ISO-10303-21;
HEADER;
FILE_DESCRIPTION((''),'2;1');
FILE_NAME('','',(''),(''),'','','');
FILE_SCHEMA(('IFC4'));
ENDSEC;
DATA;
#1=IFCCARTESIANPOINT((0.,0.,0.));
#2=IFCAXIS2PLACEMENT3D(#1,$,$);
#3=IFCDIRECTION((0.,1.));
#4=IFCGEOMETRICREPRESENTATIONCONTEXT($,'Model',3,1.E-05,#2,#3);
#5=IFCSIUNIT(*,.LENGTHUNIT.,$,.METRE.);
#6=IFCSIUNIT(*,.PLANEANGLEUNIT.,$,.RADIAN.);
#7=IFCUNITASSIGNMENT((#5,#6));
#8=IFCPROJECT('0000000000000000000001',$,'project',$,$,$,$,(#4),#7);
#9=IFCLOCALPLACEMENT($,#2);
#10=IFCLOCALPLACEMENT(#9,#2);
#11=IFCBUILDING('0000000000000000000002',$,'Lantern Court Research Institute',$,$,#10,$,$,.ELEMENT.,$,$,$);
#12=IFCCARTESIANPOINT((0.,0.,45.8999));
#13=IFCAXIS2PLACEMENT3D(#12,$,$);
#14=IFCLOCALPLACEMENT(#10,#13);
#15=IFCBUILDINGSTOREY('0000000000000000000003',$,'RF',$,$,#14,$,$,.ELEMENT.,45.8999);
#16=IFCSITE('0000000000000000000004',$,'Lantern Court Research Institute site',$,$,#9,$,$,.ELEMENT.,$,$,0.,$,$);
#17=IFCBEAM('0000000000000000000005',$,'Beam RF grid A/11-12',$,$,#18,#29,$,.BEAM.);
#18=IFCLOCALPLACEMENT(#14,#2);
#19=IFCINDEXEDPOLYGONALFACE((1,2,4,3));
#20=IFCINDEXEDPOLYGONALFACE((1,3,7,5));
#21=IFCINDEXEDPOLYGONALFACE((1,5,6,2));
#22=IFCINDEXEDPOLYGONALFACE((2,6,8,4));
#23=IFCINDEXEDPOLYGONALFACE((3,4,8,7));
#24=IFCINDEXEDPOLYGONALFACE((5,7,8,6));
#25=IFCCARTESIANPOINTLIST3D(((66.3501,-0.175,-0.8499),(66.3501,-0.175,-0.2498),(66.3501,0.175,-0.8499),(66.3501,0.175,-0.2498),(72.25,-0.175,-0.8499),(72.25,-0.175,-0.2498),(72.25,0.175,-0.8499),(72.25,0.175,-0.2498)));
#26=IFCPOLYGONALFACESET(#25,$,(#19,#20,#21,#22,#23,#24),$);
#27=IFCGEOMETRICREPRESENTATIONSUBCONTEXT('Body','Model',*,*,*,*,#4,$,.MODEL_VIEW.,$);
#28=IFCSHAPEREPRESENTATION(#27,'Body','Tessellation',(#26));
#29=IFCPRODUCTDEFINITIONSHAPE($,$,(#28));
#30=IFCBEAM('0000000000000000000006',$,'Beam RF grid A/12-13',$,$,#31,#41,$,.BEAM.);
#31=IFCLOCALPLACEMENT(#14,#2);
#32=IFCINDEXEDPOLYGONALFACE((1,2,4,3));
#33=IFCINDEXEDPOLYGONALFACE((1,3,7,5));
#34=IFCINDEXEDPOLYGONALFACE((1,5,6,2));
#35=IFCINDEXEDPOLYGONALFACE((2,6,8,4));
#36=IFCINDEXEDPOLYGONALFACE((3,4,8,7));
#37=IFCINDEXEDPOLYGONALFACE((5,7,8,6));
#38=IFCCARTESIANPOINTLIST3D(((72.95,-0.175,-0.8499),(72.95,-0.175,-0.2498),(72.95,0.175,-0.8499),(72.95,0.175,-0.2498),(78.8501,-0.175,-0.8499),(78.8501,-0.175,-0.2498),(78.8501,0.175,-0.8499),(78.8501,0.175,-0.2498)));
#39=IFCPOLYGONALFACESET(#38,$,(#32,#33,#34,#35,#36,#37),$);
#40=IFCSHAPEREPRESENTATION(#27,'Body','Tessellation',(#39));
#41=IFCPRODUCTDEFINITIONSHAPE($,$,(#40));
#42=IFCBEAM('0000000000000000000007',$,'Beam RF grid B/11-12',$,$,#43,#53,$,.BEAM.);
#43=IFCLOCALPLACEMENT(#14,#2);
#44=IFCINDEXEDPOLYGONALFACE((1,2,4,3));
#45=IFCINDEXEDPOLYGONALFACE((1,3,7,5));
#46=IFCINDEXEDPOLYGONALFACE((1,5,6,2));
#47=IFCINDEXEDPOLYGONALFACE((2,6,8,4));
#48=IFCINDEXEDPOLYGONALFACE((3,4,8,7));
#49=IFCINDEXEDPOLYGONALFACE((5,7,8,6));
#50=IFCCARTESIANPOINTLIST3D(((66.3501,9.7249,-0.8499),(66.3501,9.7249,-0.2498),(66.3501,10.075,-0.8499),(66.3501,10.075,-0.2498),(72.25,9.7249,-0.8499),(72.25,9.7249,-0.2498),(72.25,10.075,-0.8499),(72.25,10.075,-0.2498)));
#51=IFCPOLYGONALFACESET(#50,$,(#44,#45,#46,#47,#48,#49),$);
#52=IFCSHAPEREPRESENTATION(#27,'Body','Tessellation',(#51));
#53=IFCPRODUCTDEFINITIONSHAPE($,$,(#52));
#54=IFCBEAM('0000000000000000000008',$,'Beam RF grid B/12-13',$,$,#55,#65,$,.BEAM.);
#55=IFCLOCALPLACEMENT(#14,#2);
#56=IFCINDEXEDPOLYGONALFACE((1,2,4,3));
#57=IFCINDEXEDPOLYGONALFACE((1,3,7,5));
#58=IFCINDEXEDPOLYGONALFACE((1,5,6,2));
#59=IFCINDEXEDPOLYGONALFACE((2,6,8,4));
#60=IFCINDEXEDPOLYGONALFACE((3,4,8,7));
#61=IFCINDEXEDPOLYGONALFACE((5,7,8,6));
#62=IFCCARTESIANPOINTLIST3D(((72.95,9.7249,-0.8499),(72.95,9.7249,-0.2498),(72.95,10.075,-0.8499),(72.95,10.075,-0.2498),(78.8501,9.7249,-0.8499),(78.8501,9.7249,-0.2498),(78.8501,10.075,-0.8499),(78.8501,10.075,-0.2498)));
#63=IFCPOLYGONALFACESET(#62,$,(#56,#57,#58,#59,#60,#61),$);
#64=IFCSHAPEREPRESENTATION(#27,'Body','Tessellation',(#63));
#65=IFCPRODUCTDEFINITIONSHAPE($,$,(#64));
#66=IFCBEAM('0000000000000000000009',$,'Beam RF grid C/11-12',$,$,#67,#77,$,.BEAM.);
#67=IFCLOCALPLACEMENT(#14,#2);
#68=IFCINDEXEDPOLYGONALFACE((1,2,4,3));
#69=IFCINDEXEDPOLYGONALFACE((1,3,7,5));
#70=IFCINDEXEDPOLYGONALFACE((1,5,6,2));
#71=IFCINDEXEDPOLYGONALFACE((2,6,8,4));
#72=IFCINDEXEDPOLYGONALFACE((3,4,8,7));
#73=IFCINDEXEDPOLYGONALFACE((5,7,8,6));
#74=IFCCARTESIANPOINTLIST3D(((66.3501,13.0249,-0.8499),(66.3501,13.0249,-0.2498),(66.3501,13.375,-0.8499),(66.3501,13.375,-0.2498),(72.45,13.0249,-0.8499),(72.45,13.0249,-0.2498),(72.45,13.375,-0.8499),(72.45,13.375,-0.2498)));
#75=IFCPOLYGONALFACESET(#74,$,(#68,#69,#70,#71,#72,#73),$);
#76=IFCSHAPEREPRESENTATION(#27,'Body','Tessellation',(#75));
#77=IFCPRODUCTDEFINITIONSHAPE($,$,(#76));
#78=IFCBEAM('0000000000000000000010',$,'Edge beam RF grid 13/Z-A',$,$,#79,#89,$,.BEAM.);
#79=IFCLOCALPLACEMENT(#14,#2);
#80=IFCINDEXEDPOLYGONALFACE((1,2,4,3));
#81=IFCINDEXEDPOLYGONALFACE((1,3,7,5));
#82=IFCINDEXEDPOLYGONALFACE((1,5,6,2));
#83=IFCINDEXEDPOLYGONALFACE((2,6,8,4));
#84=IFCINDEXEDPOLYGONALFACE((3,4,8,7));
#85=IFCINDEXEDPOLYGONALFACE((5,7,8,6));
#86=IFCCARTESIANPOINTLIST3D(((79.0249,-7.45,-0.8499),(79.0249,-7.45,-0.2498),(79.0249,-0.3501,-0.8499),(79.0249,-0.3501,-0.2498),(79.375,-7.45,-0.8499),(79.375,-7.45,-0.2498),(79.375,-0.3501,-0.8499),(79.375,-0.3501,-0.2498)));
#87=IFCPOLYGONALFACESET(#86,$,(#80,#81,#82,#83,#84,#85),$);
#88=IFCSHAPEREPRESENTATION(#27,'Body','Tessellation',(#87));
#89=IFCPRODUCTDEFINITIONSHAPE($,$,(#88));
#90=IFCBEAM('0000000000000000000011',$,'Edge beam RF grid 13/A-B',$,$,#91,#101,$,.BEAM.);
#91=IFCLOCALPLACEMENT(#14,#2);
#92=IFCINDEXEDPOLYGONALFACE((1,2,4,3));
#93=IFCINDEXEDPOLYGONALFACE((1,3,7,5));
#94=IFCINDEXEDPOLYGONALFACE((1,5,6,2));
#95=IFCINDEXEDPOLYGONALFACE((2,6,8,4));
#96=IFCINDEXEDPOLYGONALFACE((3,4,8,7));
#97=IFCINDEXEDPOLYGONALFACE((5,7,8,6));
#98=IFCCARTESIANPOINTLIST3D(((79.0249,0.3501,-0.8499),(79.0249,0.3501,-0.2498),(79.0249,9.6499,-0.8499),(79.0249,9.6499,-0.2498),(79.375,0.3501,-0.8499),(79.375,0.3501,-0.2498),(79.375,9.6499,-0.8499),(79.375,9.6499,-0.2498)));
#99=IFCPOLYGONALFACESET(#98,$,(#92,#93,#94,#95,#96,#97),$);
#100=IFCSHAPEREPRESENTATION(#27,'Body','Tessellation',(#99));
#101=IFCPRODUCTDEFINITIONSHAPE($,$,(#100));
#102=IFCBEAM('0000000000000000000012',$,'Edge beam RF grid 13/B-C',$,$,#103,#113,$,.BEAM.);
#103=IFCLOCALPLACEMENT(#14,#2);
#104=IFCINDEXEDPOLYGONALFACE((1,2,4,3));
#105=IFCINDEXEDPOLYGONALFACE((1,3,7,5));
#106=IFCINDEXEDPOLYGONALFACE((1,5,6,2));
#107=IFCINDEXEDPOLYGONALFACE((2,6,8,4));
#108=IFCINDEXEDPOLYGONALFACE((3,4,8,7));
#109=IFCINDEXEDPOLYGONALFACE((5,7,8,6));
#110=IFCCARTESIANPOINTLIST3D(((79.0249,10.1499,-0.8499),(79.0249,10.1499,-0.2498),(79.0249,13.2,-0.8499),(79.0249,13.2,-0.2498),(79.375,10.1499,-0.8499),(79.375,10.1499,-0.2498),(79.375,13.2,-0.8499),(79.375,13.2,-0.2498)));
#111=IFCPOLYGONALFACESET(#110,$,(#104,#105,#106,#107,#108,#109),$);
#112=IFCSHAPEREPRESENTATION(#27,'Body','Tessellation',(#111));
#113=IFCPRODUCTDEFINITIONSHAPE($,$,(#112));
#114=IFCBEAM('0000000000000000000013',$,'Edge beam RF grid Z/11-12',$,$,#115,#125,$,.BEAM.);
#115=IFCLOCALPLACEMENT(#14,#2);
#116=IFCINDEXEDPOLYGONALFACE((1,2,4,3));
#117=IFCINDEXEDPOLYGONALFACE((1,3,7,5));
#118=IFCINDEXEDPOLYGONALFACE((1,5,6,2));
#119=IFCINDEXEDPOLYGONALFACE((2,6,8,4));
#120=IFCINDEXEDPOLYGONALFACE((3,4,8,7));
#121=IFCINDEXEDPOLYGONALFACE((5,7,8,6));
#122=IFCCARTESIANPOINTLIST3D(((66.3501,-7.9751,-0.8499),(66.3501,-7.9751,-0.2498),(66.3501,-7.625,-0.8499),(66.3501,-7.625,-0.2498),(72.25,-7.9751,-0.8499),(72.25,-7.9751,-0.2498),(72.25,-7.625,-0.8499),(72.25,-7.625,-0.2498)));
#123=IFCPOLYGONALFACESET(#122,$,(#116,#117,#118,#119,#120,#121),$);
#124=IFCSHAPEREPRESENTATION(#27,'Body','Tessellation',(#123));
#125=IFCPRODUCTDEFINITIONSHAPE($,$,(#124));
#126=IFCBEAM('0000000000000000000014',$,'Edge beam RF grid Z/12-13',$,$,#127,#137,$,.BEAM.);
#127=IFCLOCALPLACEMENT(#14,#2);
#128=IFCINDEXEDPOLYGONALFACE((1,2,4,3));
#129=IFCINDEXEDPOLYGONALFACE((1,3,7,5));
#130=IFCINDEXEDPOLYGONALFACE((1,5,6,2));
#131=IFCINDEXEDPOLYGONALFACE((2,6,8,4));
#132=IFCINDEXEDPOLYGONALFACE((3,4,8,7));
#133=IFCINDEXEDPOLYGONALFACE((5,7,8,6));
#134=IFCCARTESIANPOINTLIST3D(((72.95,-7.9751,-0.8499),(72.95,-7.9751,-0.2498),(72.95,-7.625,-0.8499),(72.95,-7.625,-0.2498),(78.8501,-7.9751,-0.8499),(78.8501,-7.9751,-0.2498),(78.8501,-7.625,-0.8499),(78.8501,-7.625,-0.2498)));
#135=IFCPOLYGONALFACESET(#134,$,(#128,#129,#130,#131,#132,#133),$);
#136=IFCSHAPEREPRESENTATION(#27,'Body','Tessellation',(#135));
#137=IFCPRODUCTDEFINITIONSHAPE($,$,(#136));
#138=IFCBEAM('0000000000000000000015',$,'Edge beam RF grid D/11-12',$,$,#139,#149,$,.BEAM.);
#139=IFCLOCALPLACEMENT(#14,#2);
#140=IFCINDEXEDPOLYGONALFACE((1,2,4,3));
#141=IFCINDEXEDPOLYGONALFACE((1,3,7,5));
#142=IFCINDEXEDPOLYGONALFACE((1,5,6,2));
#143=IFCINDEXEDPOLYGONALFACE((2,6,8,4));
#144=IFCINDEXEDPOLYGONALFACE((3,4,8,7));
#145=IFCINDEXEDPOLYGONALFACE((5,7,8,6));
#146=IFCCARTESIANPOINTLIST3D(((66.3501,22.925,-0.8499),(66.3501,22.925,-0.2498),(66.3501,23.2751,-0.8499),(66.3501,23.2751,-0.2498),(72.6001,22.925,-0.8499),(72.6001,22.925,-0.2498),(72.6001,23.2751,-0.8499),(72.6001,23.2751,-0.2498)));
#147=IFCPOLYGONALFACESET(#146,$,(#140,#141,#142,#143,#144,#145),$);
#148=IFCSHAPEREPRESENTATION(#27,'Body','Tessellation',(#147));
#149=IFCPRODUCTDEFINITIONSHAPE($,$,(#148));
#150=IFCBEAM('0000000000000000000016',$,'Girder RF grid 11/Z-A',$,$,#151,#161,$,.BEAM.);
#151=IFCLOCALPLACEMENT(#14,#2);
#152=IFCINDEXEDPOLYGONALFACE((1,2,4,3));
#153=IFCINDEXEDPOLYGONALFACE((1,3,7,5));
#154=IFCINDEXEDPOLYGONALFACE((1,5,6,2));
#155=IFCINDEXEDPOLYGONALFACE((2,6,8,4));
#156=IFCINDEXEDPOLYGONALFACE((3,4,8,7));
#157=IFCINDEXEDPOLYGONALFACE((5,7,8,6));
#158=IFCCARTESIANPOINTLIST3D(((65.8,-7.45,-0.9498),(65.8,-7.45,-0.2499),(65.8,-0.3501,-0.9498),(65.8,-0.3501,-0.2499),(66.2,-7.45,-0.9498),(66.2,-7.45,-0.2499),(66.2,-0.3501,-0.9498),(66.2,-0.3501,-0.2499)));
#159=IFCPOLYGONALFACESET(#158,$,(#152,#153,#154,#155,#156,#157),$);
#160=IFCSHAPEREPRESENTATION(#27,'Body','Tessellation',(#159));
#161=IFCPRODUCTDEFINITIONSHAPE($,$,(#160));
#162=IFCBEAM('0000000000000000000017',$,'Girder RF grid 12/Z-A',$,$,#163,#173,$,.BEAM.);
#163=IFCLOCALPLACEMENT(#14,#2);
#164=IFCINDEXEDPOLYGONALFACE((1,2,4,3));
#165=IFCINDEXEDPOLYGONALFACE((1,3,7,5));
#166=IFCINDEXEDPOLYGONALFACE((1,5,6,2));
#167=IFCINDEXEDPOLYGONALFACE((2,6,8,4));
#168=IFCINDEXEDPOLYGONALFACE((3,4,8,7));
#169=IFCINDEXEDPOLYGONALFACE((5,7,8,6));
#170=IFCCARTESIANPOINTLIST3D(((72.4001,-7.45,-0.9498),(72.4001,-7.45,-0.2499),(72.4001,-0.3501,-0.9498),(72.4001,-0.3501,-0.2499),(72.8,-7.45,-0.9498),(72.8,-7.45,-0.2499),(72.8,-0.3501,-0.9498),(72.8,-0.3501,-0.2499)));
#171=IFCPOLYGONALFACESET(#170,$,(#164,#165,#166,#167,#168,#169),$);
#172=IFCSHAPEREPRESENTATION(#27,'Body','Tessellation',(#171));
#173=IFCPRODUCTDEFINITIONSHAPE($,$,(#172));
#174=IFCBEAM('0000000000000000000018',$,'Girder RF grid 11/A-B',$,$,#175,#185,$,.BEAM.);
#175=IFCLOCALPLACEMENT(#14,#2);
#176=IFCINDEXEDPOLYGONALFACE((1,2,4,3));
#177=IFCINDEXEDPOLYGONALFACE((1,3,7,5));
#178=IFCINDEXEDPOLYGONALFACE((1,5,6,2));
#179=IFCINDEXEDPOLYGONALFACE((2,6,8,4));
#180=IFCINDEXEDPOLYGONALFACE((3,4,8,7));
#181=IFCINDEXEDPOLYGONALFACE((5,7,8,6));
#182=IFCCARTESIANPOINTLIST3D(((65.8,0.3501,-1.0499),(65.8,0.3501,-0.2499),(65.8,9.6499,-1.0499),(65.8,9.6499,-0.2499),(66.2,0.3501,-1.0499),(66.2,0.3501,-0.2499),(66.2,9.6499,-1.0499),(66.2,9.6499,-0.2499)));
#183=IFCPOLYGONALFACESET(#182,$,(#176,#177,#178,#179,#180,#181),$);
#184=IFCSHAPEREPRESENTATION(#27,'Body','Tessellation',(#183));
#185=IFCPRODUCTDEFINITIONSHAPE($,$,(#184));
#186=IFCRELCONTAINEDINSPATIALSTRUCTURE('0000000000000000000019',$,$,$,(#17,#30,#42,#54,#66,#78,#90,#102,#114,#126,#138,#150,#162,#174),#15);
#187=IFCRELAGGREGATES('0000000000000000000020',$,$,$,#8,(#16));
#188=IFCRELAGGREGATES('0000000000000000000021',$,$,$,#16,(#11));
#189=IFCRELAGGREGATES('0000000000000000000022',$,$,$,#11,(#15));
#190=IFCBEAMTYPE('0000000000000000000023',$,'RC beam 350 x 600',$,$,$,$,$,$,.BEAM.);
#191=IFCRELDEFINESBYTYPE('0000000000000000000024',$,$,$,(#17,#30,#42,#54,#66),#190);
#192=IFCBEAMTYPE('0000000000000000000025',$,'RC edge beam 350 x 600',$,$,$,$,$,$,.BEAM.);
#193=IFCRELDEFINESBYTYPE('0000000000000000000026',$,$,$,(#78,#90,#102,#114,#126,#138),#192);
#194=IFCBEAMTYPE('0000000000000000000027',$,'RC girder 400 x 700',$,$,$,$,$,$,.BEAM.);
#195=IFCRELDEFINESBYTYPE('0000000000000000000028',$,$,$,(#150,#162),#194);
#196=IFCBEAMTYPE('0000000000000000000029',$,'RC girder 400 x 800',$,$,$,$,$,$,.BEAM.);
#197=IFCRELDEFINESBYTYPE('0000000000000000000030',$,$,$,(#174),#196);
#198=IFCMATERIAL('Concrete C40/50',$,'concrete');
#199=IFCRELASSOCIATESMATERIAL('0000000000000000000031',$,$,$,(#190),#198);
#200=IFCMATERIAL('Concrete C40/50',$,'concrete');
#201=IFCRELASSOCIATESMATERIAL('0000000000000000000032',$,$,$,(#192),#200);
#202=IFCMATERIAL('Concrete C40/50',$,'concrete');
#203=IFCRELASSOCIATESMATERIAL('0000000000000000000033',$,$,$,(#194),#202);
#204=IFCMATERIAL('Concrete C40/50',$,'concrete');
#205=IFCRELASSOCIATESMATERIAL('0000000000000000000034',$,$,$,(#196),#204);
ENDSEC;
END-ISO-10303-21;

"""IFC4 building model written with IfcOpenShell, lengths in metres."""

from ifc_helpers import new_model, si_unit, direction, frame, origin, origin_2d, place, context, subcontext, project, spatial, rectangle, extrude, material, material_profile, profile_set, type_object, element, save


model = new_model("IFC4")

# Units and contexts
model_context = context("Model", 3, precision=1e-05, world=origin(), true_north=direction((0.0, 1.0)))
body_context = subcontext(model_context, "Body", "Model", "MODEL_VIEW")
ifc_project = project(units=[si_unit("LENGTHUNIT", "METRE"), si_unit("PLANEANGLEUNIT", "RADIAN")], contexts=[model_context])

# Site, building, storey
site_placement = place(None, origin())
site = spatial("IfcSite", under=ifc_project, at=site_placement, Name="Lantern Court Research Institute site", CompositionType="ELEMENT", RefElevation=0.0)
building_placement = place(site_placement, origin())
building = spatial("IfcBuilding", under=site, at=building_placement, Name="Lantern Court Research Institute", CompositionType="ELEMENT")
storey_placement = place(building_placement, frame((0.0, 0.0, 45.8999)))
storey = spatial("IfcBuildingStorey", under=building, at=storey_placement, Name="RF", CompositionType="ELEMENT", Elevation=45.8999)

# Beams
ifc_material_1 = material(Name="Concrete C40/50", Category="concrete")
ifc_material_profile_1 = material_profile(ifc_material_1, rectangle(XDim=0.3501, YDim=0.6001, at=origin_2d()), Name="RC beam 350 x 600")
ifc_profile_set_1 = profile_set([ifc_material_profile_1], Name="Concrete C40/50")
beam_type_1 = type_object("IfcBeamType", Name="RC beam 350 x 600", PredefinedType="BEAM", material=ifc_profile_set_1)
beam_1_placement = place(storey_placement, frame((66.3501, 0.0, -0.5498), z_axis=(1.0, 0.0, 0.0), x_axis=(0.0, 1.0, 0.0)))
element("IfcBeam", 1, at=beam_1_placement, inside=storey, type_object=beam_type_1, Name="Beam RF grid A/11-12", PredefinedType="BEAM", context=body_context, shape_type="SweptSolid", body=[
    extrude(rectangle(XDim=0.3501, YDim=0.6001, at=origin_2d()), origin(), (0.0, 0.0, 1.0), 5.8999),
])
beam_2_placement = place(storey_placement, frame((72.95, 0.0, -0.5498), z_axis=(1.0, 0.0, 0.0), x_axis=(0.0, 1.0, 0.0)))
element("IfcBeam", 2, at=beam_2_placement, inside=storey, type_object=beam_type_1, Name="Beam RF grid A/12-13", PredefinedType="BEAM", context=body_context, shape_type="SweptSolid", body=[
    extrude(rectangle(XDim=0.3501, YDim=0.6001, at=origin_2d()), origin(), (0.0, 0.0, 1.0), 5.9001),
])
beam_3_placement = place(storey_placement, frame((66.3501, 9.8999, -0.5498), z_axis=(1.0, 0.0, 0.0), x_axis=(0.0, 1.0, 0.0)))
element("IfcBeam", 3, at=beam_3_placement, inside=storey, type_object=beam_type_1, Name="Beam RF grid B/11-12", PredefinedType="BEAM", context=body_context, shape_type="SweptSolid", body=[
    extrude(rectangle(XDim=0.3501, YDim=0.6001, at=origin_2d()), origin(), (0.0, 0.0, 1.0), 5.8999),
])
beam_4_placement = place(storey_placement, frame((72.95, 9.8999, -0.5498), z_axis=(1.0, 0.0, 0.0), x_axis=(0.0, 1.0, 0.0)))
element("IfcBeam", 4, at=beam_4_placement, inside=storey, type_object=beam_type_1, Name="Beam RF grid B/12-13", PredefinedType="BEAM", context=body_context, shape_type="SweptSolid", body=[
    extrude(rectangle(XDim=0.3501, YDim=0.6001, at=origin_2d()), origin(), (0.0, 0.0, 1.0), 5.9001),
])
beam_5_placement = place(storey_placement, frame((66.3501, 13.2, -0.5498), z_axis=(1.0, 0.0, 0.0), x_axis=(0.0, 1.0, 0.0)))
element("IfcBeam", 5, at=beam_5_placement, inside=storey, type_object=beam_type_1, Name="Beam RF grid C/11-12", PredefinedType="BEAM", context=body_context, shape_type="SweptSolid", body=[
    extrude(rectangle(XDim=0.3501, YDim=0.6001, at=origin_2d()), origin(), (0.0, 0.0, 1.0), 6.0999),
])
ifc_material_2 = material(Name="Concrete C40/50", Category="concrete")
ifc_material_profile_2 = material_profile(ifc_material_2, rectangle(XDim=0.3501, YDim=0.6001, at=origin_2d()), Name="RC beam 350 x 600")
ifc_profile_set_2 = profile_set([ifc_material_profile_2], Name="Concrete C40/50")
beam_type_2 = type_object("IfcBeamType", Name="RC edge beam 350 x 600", PredefinedType="BEAM", material=ifc_profile_set_2)
beam_6_placement = place(storey_placement, frame((79.2, -7.45, -0.5498), z_axis=(0.0, 1.0, 0.0), x_axis=(-1.0, 0.0, 0.0)))
element("IfcBeam", 6, at=beam_6_placement, inside=storey, type_object=beam_type_2, Name="Edge beam RF grid 13/Z-A", PredefinedType="BEAM", context=body_context, shape_type="SweptSolid", body=[
    extrude(rectangle(XDim=0.3501, YDim=0.6001, at=origin_2d()), origin(), (0.0, 0.0, 1.0), 7.0999),
])
beam_7_placement = place(storey_placement, frame((79.2, 0.3501, -0.5498), z_axis=(0.0, 1.0, 0.0), x_axis=(-1.0, 0.0, 0.0)))
element("IfcBeam", 7, at=beam_7_placement, inside=storey, type_object=beam_type_2, Name="Edge beam RF grid 13/A-B", PredefinedType="BEAM", context=body_context, shape_type="SweptSolid", body=[
    extrude(rectangle(XDim=0.3501, YDim=0.6001, at=origin_2d()), origin(), (0.0, 0.0, 1.0), 9.2998),
])
beam_8_placement = place(storey_placement, frame((79.2, 10.1499, -0.5498), z_axis=(0.0, 1.0, 0.0), x_axis=(-1.0, 0.0, 0.0)))
element("IfcBeam", 8, at=beam_8_placement, inside=storey, type_object=beam_type_2, Name="Edge beam RF grid 13/B-C", PredefinedType="BEAM", context=body_context, shape_type="SweptSolid", body=[
    extrude(rectangle(XDim=0.3501, YDim=0.6001, at=origin_2d()), origin(), (0.0, 0.0, 1.0), 3.05),
])
beam_9_placement = place(storey_placement, frame((66.3501, -7.8, -0.5498), z_axis=(1.0, 0.0, 0.0), x_axis=(0.0, 1.0, 0.0)))
element("IfcBeam", 9, at=beam_9_placement, inside=storey, type_object=beam_type_2, Name="Edge beam RF grid Z/11-12", PredefinedType="BEAM", context=body_context, shape_type="SweptSolid", body=[
    extrude(rectangle(XDim=0.3501, YDim=0.6001, at=origin_2d()), origin(), (0.0, 0.0, 1.0), 5.8999),
])
beam_10_placement = place(storey_placement, frame((72.95, -7.8, -0.5498), z_axis=(1.0, 0.0, 0.0), x_axis=(0.0, 1.0, 0.0)))
element("IfcBeam", 10, at=beam_10_placement, inside=storey, type_object=beam_type_2, Name="Edge beam RF grid Z/12-13", PredefinedType="BEAM", context=body_context, shape_type="SweptSolid", body=[
    extrude(rectangle(XDim=0.3501, YDim=0.6001, at=origin_2d()), origin(), (0.0, 0.0, 1.0), 5.9001),
])
beam_11_placement = place(storey_placement, frame((66.3501, 23.1001, -0.5498), z_axis=(1.0, 0.0, 0.0), x_axis=(0.0, 1.0, 0.0)))
element("IfcBeam", 11, at=beam_11_placement, inside=storey, type_object=beam_type_2, Name="Edge beam RF grid D/11-12", PredefinedType="BEAM", context=body_context, shape_type="SweptSolid", body=[
    extrude(rectangle(XDim=0.3501, YDim=0.6001, at=origin_2d()), origin(), (0.0, 0.0, 1.0), 6.25),
])
ifc_material_3 = material(Name="Concrete C40/50", Category="concrete")
ifc_material_profile_3 = material_profile(ifc_material_3, rectangle(XDim=0.3999, YDim=0.7, at=origin_2d()), Name="RC beam 400 x 700")
ifc_profile_set_3 = profile_set([ifc_material_profile_3], Name="Concrete C40/50")
beam_type_3 = type_object("IfcBeamType", Name="RC girder 400 x 700", PredefinedType="BEAM", material=ifc_profile_set_3)
for number, where, z_axis, x_axis, name in (
    (12, (66.0, -7.45, -0.5999), (0.0, 1.0, 0.0), (-1.0, 0.0, 0.0), "Girder RF grid 11/Z-A"),
    (13, (72.6001, -7.45, -0.5999), (0.0, 1.0, 0.0), (-1.0, 0.0, 0.0), "Girder RF grid 12/Z-A"),
):
    element("IfcBeam", number, at=place(storey_placement, frame(where, z_axis=z_axis, x_axis=x_axis)), inside=storey, type_object=beam_type_3, Name=name, PredefinedType="BEAM", context=body_context, shape_type="SweptSolid", body=[
        extrude(rectangle(XDim=0.3999, YDim=0.7, at=origin_2d()), origin(), (0.0, 0.0, 1.0), 7.0999),
    ])
ifc_material_4 = material(Name="Concrete C40/50", Category="concrete")
ifc_material_profile_4 = material_profile(ifc_material_4, rectangle(XDim=0.3999, YDim=0.8, at=origin_2d()), Name="RC beam 400 x 800")
ifc_profile_set_4 = profile_set([ifc_material_profile_4], Name="Concrete C40/50")
beam_type_4 = type_object("IfcBeamType", Name="RC girder 400 x 800", PredefinedType="BEAM", material=ifc_profile_set_4)
beam_12_placement = place(storey_placement, frame((66.0, 0.3501, -0.6499), z_axis=(0.0, 1.0, 0.0), x_axis=(-1.0, 0.0, 0.0)))
element("IfcBeam", 14, at=beam_12_placement, inside=storey, type_object=beam_type_4, Name="Girder RF grid 11/A-B", PredefinedType="BEAM", context=body_context, shape_type="SweptSolid", body=[
    extrude(rectangle(XDim=0.3999, YDim=0.8, at=origin_2d()), origin(), (0.0, 0.0, 1.0), 9.2998),
])

save(model, "model.ifc")
